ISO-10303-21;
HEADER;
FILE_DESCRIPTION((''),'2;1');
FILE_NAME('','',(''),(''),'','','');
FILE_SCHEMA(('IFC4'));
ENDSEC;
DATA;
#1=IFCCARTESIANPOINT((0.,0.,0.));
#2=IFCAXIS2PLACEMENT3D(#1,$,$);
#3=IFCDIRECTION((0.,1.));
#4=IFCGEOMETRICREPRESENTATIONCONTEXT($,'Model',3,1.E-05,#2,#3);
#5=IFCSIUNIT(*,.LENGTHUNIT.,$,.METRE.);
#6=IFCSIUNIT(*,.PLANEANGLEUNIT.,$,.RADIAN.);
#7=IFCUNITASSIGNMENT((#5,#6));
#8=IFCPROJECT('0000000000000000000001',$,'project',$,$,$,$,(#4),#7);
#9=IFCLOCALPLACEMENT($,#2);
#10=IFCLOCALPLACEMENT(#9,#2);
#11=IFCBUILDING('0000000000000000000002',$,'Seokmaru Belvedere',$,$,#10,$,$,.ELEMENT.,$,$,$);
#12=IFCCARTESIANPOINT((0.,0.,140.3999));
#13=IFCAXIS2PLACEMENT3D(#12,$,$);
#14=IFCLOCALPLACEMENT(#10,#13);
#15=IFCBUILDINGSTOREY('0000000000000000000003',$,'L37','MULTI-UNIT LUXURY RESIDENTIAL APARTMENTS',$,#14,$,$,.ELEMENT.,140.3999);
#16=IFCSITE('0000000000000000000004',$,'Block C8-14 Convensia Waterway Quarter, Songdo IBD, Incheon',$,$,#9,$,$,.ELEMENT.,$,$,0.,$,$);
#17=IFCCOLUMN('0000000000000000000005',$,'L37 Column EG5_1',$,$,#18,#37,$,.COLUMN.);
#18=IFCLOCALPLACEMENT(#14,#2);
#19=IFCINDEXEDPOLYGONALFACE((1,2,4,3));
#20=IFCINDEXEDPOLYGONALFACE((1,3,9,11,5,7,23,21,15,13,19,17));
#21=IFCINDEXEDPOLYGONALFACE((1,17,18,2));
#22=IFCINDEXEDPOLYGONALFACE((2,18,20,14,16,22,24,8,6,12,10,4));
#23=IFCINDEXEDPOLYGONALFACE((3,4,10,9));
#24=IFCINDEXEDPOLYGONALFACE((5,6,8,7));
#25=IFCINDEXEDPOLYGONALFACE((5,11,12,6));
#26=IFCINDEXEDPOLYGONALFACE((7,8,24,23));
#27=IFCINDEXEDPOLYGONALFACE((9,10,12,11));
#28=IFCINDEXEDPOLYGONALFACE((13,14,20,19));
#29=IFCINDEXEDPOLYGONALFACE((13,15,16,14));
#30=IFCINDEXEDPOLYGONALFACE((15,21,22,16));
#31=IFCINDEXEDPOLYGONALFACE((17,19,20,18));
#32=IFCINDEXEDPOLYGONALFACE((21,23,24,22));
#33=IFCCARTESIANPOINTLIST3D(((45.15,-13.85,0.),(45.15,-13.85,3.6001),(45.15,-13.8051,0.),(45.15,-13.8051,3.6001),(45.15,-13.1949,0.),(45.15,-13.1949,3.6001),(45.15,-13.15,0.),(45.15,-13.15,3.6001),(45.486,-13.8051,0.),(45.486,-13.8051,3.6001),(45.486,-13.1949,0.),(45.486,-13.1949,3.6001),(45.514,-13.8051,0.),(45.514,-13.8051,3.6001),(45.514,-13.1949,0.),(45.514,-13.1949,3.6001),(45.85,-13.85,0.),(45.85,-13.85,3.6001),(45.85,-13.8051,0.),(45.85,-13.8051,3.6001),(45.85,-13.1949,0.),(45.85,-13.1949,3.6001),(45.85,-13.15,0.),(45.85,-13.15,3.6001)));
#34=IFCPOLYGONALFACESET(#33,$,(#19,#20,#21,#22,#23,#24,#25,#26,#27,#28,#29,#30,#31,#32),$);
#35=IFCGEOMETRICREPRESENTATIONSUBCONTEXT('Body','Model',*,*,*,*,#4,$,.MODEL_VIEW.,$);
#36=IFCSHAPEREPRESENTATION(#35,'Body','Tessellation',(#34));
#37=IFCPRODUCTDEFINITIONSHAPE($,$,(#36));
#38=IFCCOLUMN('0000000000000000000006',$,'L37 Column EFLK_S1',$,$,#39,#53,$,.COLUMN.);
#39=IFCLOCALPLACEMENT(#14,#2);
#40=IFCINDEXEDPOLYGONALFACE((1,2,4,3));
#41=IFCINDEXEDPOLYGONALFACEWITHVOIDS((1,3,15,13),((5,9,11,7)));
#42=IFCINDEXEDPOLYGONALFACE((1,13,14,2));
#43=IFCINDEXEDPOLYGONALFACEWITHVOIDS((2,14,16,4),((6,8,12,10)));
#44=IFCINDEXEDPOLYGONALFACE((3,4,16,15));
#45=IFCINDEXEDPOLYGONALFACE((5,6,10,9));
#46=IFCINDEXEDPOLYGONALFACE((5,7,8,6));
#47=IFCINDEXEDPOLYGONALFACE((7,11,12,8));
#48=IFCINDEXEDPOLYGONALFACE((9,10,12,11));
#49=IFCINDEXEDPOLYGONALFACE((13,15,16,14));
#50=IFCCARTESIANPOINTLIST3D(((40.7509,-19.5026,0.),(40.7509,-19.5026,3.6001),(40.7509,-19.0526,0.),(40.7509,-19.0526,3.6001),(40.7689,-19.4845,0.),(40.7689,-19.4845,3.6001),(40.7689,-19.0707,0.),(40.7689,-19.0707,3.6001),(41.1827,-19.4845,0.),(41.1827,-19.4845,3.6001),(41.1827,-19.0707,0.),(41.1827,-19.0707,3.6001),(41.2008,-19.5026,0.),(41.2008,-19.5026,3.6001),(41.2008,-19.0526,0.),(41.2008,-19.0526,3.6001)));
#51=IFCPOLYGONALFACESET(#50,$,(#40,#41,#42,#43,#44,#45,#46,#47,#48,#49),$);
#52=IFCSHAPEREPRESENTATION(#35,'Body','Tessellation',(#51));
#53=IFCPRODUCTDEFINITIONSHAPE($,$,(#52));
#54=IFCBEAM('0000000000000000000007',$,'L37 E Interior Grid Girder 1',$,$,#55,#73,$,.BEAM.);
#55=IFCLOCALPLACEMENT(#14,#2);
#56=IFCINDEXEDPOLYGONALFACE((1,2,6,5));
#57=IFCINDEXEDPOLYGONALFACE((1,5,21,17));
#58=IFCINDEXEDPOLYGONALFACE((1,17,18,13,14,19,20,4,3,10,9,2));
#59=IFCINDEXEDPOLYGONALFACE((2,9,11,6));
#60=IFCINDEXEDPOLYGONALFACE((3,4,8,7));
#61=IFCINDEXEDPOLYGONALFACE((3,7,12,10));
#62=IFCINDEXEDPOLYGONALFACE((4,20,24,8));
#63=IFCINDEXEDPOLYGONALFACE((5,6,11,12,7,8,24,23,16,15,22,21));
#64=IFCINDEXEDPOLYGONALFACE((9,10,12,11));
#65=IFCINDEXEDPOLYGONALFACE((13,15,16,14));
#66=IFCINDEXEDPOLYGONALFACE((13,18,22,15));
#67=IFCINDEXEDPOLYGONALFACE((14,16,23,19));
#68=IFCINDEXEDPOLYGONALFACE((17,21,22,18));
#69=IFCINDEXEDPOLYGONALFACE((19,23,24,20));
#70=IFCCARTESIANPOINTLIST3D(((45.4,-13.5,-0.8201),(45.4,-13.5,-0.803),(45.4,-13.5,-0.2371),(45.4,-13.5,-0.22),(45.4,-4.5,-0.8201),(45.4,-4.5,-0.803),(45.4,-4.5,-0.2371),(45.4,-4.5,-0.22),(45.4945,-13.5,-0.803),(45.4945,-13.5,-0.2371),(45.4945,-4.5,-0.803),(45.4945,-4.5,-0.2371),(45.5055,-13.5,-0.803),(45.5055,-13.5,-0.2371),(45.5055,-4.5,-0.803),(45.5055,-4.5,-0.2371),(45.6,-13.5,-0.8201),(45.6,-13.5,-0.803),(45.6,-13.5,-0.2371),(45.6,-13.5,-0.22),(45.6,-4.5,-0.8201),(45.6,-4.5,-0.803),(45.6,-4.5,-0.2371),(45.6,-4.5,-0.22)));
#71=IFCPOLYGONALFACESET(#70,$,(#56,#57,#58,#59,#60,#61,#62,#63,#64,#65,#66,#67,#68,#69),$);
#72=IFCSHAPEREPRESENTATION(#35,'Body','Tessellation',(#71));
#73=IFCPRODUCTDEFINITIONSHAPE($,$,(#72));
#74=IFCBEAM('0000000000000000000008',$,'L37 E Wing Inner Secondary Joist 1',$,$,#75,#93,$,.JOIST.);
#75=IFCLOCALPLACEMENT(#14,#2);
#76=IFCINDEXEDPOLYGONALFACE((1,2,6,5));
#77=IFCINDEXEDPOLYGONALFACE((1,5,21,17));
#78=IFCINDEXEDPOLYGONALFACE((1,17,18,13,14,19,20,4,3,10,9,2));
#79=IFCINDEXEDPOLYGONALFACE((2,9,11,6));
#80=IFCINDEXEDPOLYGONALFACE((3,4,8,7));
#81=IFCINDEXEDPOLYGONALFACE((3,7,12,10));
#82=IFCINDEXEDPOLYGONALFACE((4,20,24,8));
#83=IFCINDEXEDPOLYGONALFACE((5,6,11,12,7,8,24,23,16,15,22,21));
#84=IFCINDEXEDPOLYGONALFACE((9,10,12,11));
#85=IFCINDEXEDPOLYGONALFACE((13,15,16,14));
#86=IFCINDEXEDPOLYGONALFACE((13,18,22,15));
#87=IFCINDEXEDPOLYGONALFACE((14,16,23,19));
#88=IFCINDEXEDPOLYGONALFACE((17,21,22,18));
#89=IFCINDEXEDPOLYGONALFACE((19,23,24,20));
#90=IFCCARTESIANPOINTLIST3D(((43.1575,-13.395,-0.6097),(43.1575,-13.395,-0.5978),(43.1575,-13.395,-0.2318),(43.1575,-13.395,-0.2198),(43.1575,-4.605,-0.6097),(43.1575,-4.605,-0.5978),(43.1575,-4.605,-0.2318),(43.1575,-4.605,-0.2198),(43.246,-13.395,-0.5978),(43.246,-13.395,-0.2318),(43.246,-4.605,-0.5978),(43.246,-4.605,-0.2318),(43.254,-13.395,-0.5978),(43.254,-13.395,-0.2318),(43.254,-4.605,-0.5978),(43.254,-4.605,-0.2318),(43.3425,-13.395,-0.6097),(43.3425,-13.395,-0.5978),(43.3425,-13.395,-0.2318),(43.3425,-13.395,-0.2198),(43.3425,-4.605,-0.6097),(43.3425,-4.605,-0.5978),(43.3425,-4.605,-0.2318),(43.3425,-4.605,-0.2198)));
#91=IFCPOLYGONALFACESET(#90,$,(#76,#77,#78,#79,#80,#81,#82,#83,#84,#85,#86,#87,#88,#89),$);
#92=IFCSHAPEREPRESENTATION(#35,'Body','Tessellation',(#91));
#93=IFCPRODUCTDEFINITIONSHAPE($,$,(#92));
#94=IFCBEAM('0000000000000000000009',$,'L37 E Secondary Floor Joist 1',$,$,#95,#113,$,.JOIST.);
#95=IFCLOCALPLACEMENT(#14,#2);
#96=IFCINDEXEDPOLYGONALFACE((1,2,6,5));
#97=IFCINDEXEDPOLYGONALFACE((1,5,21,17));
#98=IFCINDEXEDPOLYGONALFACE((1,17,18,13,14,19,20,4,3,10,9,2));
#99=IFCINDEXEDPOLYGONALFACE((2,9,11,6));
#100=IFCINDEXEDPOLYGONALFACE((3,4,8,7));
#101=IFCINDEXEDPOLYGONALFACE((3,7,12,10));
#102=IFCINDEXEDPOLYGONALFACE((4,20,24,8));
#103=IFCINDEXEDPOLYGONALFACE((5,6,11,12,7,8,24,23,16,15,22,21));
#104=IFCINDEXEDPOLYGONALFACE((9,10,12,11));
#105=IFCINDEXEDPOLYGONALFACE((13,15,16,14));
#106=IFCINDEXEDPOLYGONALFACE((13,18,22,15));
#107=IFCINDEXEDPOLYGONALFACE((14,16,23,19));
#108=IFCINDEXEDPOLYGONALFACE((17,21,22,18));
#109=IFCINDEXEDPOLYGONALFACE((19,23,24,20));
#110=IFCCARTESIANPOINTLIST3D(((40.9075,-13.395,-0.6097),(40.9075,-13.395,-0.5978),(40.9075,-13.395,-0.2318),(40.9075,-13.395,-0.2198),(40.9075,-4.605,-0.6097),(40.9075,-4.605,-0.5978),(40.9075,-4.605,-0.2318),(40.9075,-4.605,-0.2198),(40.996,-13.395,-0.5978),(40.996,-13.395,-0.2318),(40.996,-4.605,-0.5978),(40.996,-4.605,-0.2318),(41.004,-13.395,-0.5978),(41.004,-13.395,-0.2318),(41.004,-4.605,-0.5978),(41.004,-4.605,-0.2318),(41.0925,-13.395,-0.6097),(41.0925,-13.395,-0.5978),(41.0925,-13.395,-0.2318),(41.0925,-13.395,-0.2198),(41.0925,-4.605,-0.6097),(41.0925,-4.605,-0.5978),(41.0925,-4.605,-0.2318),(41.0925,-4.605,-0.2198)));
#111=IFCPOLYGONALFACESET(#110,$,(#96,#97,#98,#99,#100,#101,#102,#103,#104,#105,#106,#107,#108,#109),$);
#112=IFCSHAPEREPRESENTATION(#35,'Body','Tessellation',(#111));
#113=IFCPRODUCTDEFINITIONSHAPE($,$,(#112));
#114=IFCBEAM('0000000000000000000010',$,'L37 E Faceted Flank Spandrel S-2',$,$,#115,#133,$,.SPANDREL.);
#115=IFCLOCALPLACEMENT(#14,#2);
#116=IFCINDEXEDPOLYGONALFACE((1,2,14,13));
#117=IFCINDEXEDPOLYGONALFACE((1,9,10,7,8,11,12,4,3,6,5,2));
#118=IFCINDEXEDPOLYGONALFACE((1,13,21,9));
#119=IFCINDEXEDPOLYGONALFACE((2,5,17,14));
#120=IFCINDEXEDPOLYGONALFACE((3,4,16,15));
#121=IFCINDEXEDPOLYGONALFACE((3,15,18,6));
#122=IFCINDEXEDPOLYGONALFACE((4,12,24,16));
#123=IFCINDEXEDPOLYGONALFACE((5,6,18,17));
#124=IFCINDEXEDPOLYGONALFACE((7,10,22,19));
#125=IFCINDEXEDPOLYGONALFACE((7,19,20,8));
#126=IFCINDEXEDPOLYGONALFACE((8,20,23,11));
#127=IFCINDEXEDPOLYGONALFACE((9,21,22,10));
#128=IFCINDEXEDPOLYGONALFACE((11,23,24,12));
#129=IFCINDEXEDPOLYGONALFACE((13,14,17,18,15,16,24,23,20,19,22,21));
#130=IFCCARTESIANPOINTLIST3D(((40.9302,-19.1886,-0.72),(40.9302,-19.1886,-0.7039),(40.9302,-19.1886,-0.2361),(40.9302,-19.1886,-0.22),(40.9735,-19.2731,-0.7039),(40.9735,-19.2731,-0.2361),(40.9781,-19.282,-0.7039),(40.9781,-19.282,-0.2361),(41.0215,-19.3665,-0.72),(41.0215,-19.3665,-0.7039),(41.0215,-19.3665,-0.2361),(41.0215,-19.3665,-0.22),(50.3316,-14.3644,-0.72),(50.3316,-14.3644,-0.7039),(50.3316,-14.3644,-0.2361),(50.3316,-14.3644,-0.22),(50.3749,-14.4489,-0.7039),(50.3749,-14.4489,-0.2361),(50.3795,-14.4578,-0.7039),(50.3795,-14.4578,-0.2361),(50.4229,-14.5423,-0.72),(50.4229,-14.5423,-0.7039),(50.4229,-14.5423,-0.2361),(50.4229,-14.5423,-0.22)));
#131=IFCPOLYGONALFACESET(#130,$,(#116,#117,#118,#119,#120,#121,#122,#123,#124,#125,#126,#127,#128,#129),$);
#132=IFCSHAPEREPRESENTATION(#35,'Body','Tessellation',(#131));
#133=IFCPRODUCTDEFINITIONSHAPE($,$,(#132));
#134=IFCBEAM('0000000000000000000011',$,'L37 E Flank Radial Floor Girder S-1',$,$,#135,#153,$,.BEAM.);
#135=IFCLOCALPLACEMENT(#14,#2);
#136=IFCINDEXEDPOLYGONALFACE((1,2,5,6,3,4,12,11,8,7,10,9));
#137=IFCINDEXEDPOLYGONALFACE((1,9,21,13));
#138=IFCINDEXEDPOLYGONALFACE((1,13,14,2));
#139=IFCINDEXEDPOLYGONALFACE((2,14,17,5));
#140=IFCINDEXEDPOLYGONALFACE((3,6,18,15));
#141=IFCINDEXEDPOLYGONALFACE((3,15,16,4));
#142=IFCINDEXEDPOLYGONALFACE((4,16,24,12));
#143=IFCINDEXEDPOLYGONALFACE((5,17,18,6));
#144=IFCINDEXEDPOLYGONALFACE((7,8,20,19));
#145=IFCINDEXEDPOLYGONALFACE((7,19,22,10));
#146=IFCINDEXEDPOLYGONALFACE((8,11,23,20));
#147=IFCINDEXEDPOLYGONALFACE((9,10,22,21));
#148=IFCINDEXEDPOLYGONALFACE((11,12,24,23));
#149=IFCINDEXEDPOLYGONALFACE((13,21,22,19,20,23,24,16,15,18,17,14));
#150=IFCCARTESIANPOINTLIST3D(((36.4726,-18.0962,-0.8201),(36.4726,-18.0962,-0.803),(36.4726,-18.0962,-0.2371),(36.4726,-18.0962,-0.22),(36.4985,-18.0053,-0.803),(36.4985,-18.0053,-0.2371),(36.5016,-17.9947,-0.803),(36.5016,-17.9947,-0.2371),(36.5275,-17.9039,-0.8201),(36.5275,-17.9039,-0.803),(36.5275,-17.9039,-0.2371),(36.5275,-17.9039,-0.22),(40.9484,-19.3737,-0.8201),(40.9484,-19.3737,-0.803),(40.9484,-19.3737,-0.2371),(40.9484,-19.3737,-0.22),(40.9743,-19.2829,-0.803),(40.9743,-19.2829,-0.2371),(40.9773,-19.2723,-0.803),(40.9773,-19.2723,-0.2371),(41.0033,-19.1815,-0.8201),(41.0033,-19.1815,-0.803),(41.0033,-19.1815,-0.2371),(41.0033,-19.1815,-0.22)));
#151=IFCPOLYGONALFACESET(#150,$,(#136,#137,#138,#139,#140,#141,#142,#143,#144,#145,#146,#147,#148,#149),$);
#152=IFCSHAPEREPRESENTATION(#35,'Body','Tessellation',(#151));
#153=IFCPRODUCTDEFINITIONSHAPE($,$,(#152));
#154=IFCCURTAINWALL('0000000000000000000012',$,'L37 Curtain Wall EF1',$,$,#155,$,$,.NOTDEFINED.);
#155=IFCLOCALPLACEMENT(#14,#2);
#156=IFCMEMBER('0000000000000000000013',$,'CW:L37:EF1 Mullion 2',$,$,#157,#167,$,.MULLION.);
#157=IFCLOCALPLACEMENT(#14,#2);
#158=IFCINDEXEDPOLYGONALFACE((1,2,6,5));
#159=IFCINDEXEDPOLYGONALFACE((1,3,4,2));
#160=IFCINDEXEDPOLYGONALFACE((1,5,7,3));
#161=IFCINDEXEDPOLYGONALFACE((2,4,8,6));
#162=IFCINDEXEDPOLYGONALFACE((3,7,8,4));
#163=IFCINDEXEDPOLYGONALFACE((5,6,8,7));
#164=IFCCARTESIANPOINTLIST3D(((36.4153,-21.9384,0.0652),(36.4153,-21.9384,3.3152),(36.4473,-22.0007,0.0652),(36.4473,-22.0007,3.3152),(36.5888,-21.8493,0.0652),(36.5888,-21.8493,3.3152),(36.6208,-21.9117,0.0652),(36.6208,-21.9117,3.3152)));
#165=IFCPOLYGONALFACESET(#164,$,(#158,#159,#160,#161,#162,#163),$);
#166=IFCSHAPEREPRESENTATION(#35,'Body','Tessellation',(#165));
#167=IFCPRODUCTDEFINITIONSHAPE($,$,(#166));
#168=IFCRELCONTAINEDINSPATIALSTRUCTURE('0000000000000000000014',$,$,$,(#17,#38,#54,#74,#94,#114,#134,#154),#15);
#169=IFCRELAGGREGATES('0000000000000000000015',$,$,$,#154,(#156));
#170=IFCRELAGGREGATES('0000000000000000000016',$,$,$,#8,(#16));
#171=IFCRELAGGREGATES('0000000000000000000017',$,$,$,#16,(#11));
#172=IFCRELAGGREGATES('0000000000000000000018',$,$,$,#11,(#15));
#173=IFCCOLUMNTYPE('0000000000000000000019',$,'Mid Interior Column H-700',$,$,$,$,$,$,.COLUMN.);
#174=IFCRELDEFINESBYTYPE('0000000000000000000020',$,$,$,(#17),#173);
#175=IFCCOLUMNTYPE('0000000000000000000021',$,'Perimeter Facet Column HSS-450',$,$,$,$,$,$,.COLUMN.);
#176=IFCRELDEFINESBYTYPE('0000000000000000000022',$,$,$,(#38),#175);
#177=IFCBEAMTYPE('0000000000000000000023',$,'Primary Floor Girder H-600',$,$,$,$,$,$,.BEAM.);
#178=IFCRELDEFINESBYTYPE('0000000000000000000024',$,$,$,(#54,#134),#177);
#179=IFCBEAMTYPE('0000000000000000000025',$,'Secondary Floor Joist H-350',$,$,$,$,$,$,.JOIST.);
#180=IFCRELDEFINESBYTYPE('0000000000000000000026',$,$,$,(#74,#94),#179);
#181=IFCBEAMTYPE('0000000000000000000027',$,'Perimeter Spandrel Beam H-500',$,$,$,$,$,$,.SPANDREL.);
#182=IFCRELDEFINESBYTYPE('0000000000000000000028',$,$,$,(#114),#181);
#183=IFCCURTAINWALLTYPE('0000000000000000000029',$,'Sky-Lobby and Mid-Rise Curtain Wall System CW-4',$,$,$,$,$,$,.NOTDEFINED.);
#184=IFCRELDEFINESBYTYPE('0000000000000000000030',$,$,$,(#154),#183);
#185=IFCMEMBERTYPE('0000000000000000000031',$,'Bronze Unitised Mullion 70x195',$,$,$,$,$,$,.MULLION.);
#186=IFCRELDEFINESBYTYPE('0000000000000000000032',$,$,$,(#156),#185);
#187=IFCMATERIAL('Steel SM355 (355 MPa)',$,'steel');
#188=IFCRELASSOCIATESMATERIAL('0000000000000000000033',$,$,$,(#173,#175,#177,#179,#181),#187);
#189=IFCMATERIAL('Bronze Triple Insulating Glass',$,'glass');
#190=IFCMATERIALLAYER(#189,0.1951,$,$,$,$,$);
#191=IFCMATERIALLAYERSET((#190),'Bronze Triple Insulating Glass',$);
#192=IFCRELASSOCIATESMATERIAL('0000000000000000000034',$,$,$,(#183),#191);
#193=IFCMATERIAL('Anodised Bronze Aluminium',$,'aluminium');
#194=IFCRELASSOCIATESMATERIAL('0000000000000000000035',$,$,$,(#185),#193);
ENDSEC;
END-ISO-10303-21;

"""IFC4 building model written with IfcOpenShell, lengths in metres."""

from ifc_helpers import new_model, si_unit, direction, frame, origin, origin_2d, place, context, subcontext, project, spatial, rectangle, hollow_rectangle, i_section, extrude, source, transform, mapped, material, layer, layer_set, material_profile, profile_set, type_object, type_shapes, element, aggregate, save


model = new_model("IFC4")

# Units and contexts
model_context = context("Model", 3, precision=1e-05, world=origin(), true_north=direction((0.0, 1.0)))
body_context = subcontext(model_context, "Body", "Model", "MODEL_VIEW")
ifc_project = project(units=[si_unit("LENGTHUNIT", "METRE"), si_unit("PLANEANGLEUNIT", "RADIAN")], contexts=[model_context])

# Site, building, storey
site_placement = place(None, origin())
site = spatial("IfcSite", under=ifc_project, at=site_placement, Name="Block C8-14 Convensia Waterway Quarter, Songdo IBD, Incheon", CompositionType="ELEMENT", RefElevation=0.0)
building_placement = place(site_placement, origin())
building = spatial("IfcBuilding", under=site, at=building_placement, Name="Seokmaru Belvedere", CompositionType="ELEMENT")
storey_placement = place(building_placement, frame((0.0, 0.0, 140.3999)))
storey = spatial("IfcBuildingStorey", under=building, at=storey_placement, Name="L37", Description="MULTI-UNIT LUXURY RESIDENTIAL APARTMENTS", CompositionType="ELEMENT", Elevation=140.3999)

# Columns
ifc_material_1 = material(Name="Steel SM355 (355 MPa)", Category="steel")
ifc_material_profile_1 = material_profile(ifc_material_1, i_section(OverallWidth=0.7, OverallDepth=0.7, WebThickness=0.0281, FlangeThickness=0.0449, at=origin_2d()), Name="H-700x700x28x45")
ifc_profile_set_1 = profile_set([ifc_material_profile_1], Name="Steel SM355 (355 MPa)")
column_type_1 = type_object("IfcColumnType", Name="Mid Interior Column H-700", PredefinedType="COLUMN", material=ifc_profile_set_1)
shared_shape_1 = source(origin(), body_context, "Body", "SweptSolid", [
    extrude(i_section(OverallWidth=0.7, OverallDepth=0.7, WebThickness=0.0281, FlangeThickness=0.0449, at=origin_2d()), origin(), (0.0, 0.0, 1.0), 3.6001),
])
type_shapes(column_type_1, [shared_shape_1])
column_1_placement = place(storey_placement, frame((45.5, -13.5, 0.0), z_axis=(0.0, 0.0, 1.0), x_axis=(1.0, 0.0, 0.0)))
element("IfcColumn", 1, at=column_1_placement, inside=storey, type_object=column_type_1, Name="L37 Column EG5_1", PredefinedType="COLUMN", context=body_context, shape_type="MappedRepresentation", body=[
    mapped(shared_shape_1, transform((0.0, 0.0, 0.0), scale=1.0)),
])
ifc_material_profile_2 = material_profile(ifc_material_1, hollow_rectangle(XDim=0.45, YDim=0.45, WallThickness=0.0181, at=origin_2d()), Name="HSS-450x450x18")
ifc_profile_set_2 = profile_set([ifc_material_profile_2], Name="Steel SM355 (355 MPa)")
column_type_2 = type_object("IfcColumnType", Name="Perimeter Facet Column HSS-450", PredefinedType="COLUMN", material=ifc_profile_set_2)
shared_shape_2 = source(origin(), body_context, "Body", "SweptSolid", [
    extrude(hollow_rectangle(XDim=0.45, YDim=0.45, WallThickness=0.0181, at=origin_2d()), origin(), (0.0, 0.0, 1.0), 3.6001),
])
type_shapes(column_type_2, [shared_shape_2])
column_2_placement = place(storey_placement, frame((40.9758, -19.2776, 0.0), z_axis=(0.0, 0.0, 1.0), x_axis=(1.0, 0.0, 0.0)))
element("IfcColumn", 2, at=column_2_placement, inside=storey, type_object=column_type_2, Name="L37 Column EFLK_S1", PredefinedType="COLUMN", context=body_context, shape_type="MappedRepresentation", body=[
    mapped(shared_shape_2, transform((0.0, 0.0, 0.0), scale=1.0)),
])

# Beams
ifc_material_profile_3 = material_profile(ifc_material_1, i_section(OverallWidth=0.2, OverallDepth=0.6001, WebThickness=0.011, FlangeThickness=0.0171, at=origin_2d()), Name="H-600x200x11x17")
ifc_profile_set_3 = profile_set([ifc_material_profile_3], Name="Steel SM355 (355 MPa)")
beam_type_1 = type_object("IfcBeamType", Name="Primary Floor Girder H-600", PredefinedType="BEAM", material=ifc_profile_set_3)
shared_shape_3 = source(origin(), body_context, "Body", "SweptSolid", [
    extrude(i_section(OverallWidth=0.2, OverallDepth=0.6001, WebThickness=0.011, FlangeThickness=0.0171, at=origin_2d()), origin(), (0.0, 0.0, 1.0), 9.0),
])
beam_1_placement = place(storey_placement, frame((45.5, -13.5, -0.52), z_axis=(0.0, 1.0, 0.0), x_axis=(-1.0, 0.0, 0.0)))
element("IfcBeam", 3, at=beam_1_placement, inside=storey, type_object=beam_type_1, Name="L37 E Interior Grid Girder 1", PredefinedType="BEAM", context=body_context, shape_type="MappedRepresentation", body=[
    mapped(shared_shape_3, transform((0.0, 0.0, 0.0), scale=1.0)),
])
ifc_material_profile_4 = material_profile(ifc_material_1, i_section(OverallWidth=0.1851, OverallDepth=0.3899, WebThickness=0.0081, FlangeThickness=0.012, at=origin_2d()), Name="H-390x185x8x12")
ifc_profile_set_4 = profile_set([ifc_material_profile_4], Name="Steel SM355 (355 MPa)")
beam_type_2 = type_object("IfcBeamType", Name="Secondary Floor Joist H-350", PredefinedType="JOIST", material=ifc_profile_set_4)
shared_shape_4 = source(origin(), body_context, "Body", "SweptSolid", [
    extrude(i_section(OverallWidth=0.1851, OverallDepth=0.3899, WebThickness=0.0081, FlangeThickness=0.012, at=origin_2d()), origin(), (0.0, 0.0, 1.0), 8.79),
])
type_shapes(beam_type_2, [shared_shape_4])
for number, where, z_axis, x_axis, name in (
    (4, (43.25, -13.395, -0.4148), (0.0, 1.0, 0.0), (-1.0, 0.0, 0.0), "L37 E Wing Inner Secondary Joist 1"),
    (5, (41.0, -13.395, -0.4148), (0.0, 1.0, 0.0), (-1.0, 0.0, 0.0), "L37 E Secondary Floor Joist 1"),
):
    element("IfcBeam", number, at=place(storey_placement, frame(where, z_axis=z_axis, x_axis=x_axis)), inside=storey, type_object=beam_type_2, Name=name, PredefinedType="JOIST", context=body_context, shape_type="MappedRepresentation", body=[
        mapped(shared_shape_4, transform((0.0, 0.0, 0.0), scale=1.0)),
    ])
ifc_material_profile_5 = material_profile(ifc_material_1, i_section(OverallWidth=0.2, OverallDepth=0.5, WebThickness=0.01, FlangeThickness=0.0161, at=origin_2d()), Name="H-500x200x10x16")
ifc_profile_set_5 = profile_set([ifc_material_profile_5], Name="Steel SM355 (355 MPa)")
beam_type_3 = type_object("IfcBeamType", Name="Perimeter Spandrel Beam H-500", PredefinedType="SPANDREL", material=ifc_profile_set_5)
shared_shape_5 = source(origin(), body_context, "Body", "SweptSolid", [
    extrude(i_section(OverallWidth=0.2, OverallDepth=0.5, WebThickness=0.01, FlangeThickness=0.0161, at=origin_2d()), origin(), (0.0, 0.0, 1.0), 10.5669),
])
type_shapes(beam_type_3, [shared_shape_5])
beam_2_placement = place(storey_placement, frame((40.9758, -19.2776, -0.47), z_axis=(0.889702, 0.456542, 0.0), x_axis=(-0.456542, 0.889702, 0.0)))
element("IfcBeam", 6, at=beam_2_placement, inside=storey, type_object=beam_type_3, Name="L37 E Faceted Flank Spandrel S-2", PredefinedType="SPANDREL", context=body_context, shape_type="MappedRepresentation", body=[
    mapped(shared_shape_5, transform((0.0, 0.0, 0.0), scale=1.0)),
])
shared_shape_6 = source(origin(), body_context, "Body", "SweptSolid", [
    extrude(i_section(OverallWidth=0.2, OverallDepth=0.6001, WebThickness=0.011, FlangeThickness=0.0171, at=origin_2d()), origin(), (0.0, 0.0, 1.0), 4.6545),
])
type_shapes(beam_type_1, [shared_shape_3, shared_shape_6])
beam_3_placement = place(storey_placement, frame((40.9758, -19.2776, -0.52), z_axis=(-0.961593, 0.274479, 0.0), x_axis=(-0.274479, -0.961593, 0.0)))
element("IfcBeam", 7, at=beam_3_placement, inside=storey, type_object=beam_type_1, Name="L37 E Flank Radial Floor Girder S-1", PredefinedType="BEAM", context=body_context, shape_type="MappedRepresentation", body=[
    mapped(shared_shape_6, transform((0.0, 0.0, 0.0), scale=1.0)),
])

# Curtain wall, member
ifc_material_2 = material(Name="Bronze Triple Insulating Glass", Category="glass")
ifc_layer_1 = layer(ifc_material_2, 0.1951)
ifc_layer_set_1 = layer_set([ifc_layer_1], Name="Bronze Triple Insulating Glass")
curtain_wall_type = type_object("IfcCurtainWallType", Name="Sky-Lobby and Mid-Rise Curtain Wall System CW-4", PredefinedType="NOTDEFINED", material=ifc_layer_set_1)
curtain_wall_placement = place(storey_placement, origin())
curtain_wall = element("IfcCurtainWall", 8, at=curtain_wall_placement, inside=storey, type_object=curtain_wall_type, Name="L37 Curtain Wall EF1", PredefinedType="NOTDEFINED")
ifc_material_3 = material(Name="Anodised Bronze Aluminium", Category="aluminium")
ifc_material_profile_6 = material_profile(ifc_material_3, rectangle(XDim=0.0701, YDim=0.1951, at=origin_2d()), Name="CW-M-70x195")
ifc_profile_set_6 = profile_set([ifc_material_profile_6], Name="Anodised Bronze Aluminium")
member_type = type_object("IfcMemberType", Name="Bronze Unitised Mullion 70x195", PredefinedType="MULLION", material=ifc_profile_set_6)
shared_shape_7 = source(origin(), body_context, "Body", "SweptSolid", [
    extrude(rectangle(XDim=0.0701, YDim=0.1951, at=origin_2d()), origin(), (0.0, 0.0, 1.0), 3.25),
])
type_shapes(member_type, [shared_shape_7])
member_1_placement = place(storey_placement, frame((36.5181, -21.925, 0.0652), z_axis=(0.0, 0.0, 1.0), x_axis=(-0.456555, 0.889695, 0.0)))
member_1 = element("IfcMember", 9, at=member_1_placement, type_object=member_type, Name="CW:L37:EF1 Mullion 2", PredefinedType="MULLION", context=body_context, shape_type="MappedRepresentation", body=[
    mapped(shared_shape_7, transform((0.0, 0.0, 0.0), scale=1.0)),
])
aggregate(curtain_wall, [member_1])

save(model, "model.ifc")
